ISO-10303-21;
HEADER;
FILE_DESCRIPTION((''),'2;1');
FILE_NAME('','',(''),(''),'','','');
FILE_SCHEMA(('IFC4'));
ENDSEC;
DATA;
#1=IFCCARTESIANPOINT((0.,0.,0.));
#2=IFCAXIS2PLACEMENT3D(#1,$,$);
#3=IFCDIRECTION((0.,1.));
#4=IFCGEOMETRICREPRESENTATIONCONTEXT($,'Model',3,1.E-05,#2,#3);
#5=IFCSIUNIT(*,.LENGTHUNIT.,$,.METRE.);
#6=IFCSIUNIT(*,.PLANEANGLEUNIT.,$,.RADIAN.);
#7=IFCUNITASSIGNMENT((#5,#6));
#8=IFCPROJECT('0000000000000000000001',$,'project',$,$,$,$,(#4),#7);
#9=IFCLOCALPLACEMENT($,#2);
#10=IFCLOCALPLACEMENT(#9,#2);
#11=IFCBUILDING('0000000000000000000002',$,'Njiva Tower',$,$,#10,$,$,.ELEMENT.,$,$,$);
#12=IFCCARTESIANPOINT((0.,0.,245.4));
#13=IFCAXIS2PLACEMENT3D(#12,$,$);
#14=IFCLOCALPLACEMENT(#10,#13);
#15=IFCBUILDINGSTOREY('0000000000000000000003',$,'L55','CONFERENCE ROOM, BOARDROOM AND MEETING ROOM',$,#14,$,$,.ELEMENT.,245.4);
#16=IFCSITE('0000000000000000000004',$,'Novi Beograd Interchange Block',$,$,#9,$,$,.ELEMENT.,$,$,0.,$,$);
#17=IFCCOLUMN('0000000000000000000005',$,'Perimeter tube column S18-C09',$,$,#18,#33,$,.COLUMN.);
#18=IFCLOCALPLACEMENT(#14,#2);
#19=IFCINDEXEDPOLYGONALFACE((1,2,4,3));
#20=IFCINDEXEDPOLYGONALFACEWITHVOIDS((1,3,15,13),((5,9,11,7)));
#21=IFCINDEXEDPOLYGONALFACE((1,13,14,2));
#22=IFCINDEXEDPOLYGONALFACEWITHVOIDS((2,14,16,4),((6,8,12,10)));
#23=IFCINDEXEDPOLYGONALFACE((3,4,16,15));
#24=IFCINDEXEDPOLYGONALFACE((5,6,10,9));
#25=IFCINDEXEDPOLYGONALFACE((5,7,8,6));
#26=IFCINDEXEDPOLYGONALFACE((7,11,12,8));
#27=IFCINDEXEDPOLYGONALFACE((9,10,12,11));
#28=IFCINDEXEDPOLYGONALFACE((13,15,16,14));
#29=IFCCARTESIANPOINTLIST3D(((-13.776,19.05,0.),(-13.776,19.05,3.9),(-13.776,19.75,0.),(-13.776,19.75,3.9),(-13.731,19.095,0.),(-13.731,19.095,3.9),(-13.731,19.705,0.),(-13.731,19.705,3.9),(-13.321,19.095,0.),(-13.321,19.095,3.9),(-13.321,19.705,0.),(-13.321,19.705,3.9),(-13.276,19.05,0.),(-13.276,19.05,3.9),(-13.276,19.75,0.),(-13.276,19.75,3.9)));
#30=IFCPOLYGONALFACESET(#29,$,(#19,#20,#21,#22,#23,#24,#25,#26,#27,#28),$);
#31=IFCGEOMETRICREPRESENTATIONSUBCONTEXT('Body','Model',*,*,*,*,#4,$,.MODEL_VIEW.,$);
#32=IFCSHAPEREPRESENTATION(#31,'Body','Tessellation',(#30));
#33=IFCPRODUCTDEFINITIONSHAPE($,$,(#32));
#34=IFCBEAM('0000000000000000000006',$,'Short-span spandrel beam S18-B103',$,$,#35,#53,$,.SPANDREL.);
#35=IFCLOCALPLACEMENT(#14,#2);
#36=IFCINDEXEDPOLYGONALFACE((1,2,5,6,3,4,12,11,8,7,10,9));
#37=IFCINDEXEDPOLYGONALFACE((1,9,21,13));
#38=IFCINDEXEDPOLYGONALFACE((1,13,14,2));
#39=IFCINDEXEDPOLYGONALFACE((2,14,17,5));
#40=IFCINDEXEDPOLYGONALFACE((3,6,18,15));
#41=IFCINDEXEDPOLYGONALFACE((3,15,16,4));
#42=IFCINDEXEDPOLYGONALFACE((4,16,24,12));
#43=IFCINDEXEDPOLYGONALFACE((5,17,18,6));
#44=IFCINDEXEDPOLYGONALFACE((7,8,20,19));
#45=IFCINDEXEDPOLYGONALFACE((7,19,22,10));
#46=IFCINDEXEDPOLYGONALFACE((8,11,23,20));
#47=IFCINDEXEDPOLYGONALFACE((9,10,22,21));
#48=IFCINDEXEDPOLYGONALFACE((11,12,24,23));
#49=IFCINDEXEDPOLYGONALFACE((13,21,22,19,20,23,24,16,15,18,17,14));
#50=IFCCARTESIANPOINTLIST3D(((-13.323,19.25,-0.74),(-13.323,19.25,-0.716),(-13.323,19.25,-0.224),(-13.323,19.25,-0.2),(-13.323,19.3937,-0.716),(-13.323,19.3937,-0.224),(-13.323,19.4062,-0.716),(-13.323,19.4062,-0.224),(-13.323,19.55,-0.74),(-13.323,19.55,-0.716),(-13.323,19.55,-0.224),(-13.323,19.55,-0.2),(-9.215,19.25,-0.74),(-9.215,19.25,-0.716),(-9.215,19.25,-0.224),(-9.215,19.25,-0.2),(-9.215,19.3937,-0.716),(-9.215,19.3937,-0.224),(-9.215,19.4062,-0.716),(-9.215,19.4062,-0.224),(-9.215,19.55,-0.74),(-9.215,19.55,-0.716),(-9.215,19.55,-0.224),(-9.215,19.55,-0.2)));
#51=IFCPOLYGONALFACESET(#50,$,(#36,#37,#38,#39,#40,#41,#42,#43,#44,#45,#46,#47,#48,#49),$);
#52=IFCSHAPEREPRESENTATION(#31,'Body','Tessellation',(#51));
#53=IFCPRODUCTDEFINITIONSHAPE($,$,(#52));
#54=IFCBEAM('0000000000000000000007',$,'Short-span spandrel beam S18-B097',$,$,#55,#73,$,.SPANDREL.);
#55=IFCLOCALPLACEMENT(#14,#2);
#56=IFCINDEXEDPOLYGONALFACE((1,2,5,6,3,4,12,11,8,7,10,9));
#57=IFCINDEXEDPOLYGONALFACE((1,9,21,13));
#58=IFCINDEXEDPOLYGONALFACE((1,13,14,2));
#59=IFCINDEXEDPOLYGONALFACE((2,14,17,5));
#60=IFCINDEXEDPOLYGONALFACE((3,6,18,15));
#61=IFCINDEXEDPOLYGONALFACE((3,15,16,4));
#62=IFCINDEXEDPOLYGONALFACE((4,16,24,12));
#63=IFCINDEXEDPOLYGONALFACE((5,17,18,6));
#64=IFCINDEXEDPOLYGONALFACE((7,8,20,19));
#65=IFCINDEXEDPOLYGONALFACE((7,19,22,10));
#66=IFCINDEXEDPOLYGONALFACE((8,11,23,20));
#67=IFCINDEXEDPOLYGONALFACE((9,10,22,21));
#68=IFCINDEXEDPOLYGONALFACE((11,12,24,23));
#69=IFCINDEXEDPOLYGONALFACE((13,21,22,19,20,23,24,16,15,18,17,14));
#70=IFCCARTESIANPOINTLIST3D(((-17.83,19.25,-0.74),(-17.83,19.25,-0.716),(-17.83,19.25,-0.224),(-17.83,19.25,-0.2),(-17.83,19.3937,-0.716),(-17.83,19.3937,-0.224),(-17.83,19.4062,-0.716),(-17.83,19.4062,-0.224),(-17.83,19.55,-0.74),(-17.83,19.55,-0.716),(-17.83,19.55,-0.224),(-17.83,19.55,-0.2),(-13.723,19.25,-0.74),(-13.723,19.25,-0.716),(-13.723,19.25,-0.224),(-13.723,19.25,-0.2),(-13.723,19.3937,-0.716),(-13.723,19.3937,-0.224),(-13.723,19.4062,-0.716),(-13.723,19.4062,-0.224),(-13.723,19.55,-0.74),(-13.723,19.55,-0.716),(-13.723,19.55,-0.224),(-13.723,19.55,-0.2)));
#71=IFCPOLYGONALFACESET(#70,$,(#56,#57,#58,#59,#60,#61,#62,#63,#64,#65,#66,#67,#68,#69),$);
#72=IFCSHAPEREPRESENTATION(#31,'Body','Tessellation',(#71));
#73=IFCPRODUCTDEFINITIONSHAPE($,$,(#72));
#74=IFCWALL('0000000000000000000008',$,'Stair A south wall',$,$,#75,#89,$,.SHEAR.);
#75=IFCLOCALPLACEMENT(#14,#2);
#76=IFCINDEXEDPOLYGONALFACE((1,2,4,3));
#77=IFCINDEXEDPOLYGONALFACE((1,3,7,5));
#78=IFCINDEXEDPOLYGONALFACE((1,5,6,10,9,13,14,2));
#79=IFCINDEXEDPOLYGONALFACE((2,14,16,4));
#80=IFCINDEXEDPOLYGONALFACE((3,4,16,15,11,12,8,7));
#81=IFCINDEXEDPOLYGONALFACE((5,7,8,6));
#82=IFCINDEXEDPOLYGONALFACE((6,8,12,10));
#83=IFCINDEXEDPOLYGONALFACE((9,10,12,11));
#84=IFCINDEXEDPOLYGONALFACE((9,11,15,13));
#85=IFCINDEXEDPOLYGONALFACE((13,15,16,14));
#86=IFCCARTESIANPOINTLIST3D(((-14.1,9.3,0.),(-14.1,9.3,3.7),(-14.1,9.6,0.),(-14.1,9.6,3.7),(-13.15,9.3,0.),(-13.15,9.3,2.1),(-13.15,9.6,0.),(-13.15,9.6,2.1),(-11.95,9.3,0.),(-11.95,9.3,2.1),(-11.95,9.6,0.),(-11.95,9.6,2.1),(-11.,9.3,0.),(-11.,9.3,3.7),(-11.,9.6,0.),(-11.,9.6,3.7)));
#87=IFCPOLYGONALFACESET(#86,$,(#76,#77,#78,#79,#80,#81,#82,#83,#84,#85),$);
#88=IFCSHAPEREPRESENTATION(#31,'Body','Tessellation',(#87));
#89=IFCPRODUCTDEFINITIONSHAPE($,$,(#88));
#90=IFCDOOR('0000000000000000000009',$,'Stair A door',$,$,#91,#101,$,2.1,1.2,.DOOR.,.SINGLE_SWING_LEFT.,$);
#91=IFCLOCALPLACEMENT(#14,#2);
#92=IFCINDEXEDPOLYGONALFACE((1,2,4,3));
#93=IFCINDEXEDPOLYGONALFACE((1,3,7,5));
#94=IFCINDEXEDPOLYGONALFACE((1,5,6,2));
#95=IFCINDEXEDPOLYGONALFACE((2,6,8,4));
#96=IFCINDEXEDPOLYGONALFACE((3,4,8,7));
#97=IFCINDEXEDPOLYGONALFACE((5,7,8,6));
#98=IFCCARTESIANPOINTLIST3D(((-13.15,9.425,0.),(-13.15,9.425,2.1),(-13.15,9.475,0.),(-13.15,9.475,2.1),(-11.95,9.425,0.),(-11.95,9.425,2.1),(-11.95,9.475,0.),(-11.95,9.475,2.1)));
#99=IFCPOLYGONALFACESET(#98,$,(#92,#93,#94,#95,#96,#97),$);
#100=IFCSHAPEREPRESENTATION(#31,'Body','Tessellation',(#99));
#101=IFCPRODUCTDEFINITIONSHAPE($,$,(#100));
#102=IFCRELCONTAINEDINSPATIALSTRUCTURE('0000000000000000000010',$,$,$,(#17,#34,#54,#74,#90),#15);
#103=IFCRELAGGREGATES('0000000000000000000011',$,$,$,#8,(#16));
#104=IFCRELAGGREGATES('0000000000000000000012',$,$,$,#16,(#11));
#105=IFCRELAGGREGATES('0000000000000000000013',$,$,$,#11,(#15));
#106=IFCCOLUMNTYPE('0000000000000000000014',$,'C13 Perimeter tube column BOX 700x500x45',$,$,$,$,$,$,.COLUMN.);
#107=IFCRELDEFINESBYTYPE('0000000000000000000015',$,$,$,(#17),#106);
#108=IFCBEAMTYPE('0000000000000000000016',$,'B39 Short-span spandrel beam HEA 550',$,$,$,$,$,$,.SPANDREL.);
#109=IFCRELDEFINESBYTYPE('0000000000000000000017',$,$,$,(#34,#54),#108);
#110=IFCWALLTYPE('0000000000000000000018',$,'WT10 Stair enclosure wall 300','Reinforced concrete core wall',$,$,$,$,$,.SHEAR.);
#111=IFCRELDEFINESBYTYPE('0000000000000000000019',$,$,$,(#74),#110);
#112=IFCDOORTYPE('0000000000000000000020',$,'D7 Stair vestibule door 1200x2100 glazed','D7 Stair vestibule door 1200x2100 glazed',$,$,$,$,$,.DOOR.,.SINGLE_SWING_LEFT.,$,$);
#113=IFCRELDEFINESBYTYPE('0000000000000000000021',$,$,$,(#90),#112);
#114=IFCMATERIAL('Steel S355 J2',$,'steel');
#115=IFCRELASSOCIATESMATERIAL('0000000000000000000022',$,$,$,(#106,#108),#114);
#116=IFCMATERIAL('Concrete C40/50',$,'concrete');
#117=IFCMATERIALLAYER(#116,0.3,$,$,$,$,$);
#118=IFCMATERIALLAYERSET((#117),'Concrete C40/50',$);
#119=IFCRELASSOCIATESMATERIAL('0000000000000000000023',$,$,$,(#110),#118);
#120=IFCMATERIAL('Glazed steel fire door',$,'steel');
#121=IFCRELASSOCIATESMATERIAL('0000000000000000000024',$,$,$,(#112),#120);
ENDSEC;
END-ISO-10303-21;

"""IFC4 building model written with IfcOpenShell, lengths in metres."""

from ifc_helpers import new_model, si_unit, direction, frame, frame_2d, origin, origin_2d, place, context, subcontext, project, spatial, rectangle, hollow_rectangle, i_section, extrude, material, layer, layer_set, material_profile, profile_set, type_object, element, fill, save


model = new_model("IFC4")

# Units and contexts
model_context = context("Model", 3, precision=1e-05, world=origin(), true_north=direction((0.0, 1.0)))
body_context = subcontext(model_context, "Body", "Model", "MODEL_VIEW")
ifc_project = project(units=[si_unit("LENGTHUNIT", "METRE"), si_unit("PLANEANGLEUNIT", "RADIAN")], contexts=[model_context])

# Site, building, storey
site_placement = place(None, origin())
site = spatial("IfcSite", under=ifc_project, at=site_placement, Name="Novi Beograd Interchange Block", CompositionType="ELEMENT", RefElevation=0.0)
building_placement = place(site_placement, origin())
building = spatial("IfcBuilding", under=site, at=building_placement, Name="Njiva Tower", CompositionType="ELEMENT")
storey_placement = place(building_placement, frame((0.0, 0.0, 245.4)))
storey = spatial("IfcBuildingStorey", under=building, at=storey_placement, Name="L55", Description="CONFERENCE ROOM, BOARDROOM AND MEETING ROOM", CompositionType="ELEMENT", Elevation=245.4)

# Column
ifc_material_1 = material(Name="Steel S355 J2", Category="steel")
ifc_material_profile_1 = material_profile(ifc_material_1, hollow_rectangle(XDim=0.5, YDim=0.7, WallThickness=0.045, at=origin_2d()), Name="BOX 700x500x45")
ifc_profile_set_1 = profile_set([ifc_material_profile_1], Name="Steel S355 J2")
column_type = type_object("IfcColumnType", Name="C13 Perimeter tube column BOX 700x500x45", PredefinedType="COLUMN", material=ifc_profile_set_1)
column_placement = place(storey_placement, frame((-13.526, 19.4, 0.0), z_axis=(0.0, 0.0, 1.0), x_axis=(-1.0, 0.0, 0.0)))
element("IfcColumn", 1, at=column_placement, inside=storey, type_object=column_type, Name="Perimeter tube column S18-C09", PredefinedType="COLUMN", context=body_context, shape_type="SweptSolid", body=[
    extrude(hollow_rectangle(XDim=0.5, YDim=0.7, WallThickness=0.045, at=origin_2d()), origin(), (0.0, 0.0, 1.0), 3.9),
])

# Beams
ifc_material_profile_2 = material_profile(ifc_material_1, i_section(OverallWidth=0.3, OverallDepth=0.54, WebThickness=0.0125, FlangeThickness=0.024, at=origin_2d()), Name="HEA 550")
ifc_profile_set_2 = profile_set([ifc_material_profile_2], Name="Steel S355 J2")
beam_type = type_object("IfcBeamType", Name="B39 Short-span spandrel beam HEA 550", PredefinedType="SPANDREL", material=ifc_profile_set_2)
beam_1_placement = place(storey_placement, frame((-9.215, 19.4, -0.47), z_axis=(-1.0, 0.0, 0.0), x_axis=(0.0, -1.0, 0.0)))
element("IfcBeam", 2, at=beam_1_placement, inside=storey, type_object=beam_type, Name="Short-span spandrel beam S18-B103", PredefinedType="SPANDREL", context=body_context, shape_type="SweptSolid", body=[
    extrude(i_section(OverallWidth=0.3, OverallDepth=0.54, WebThickness=0.0125, FlangeThickness=0.024, at=origin_2d()), origin(), (0.0, 0.0, 1.0), 4.108),
])
beam_2_placement = place(storey_placement, frame((-13.723, 19.4, -0.47), z_axis=(-1.0, 0.0, 0.0), x_axis=(0.0, -1.0, 0.0)))
element("IfcBeam", 3, at=beam_2_placement, inside=storey, type_object=beam_type, Name="Short-span spandrel beam S18-B097", PredefinedType="SPANDREL", context=body_context, shape_type="SweptSolid", body=[
    extrude(i_section(OverallWidth=0.3, OverallDepth=0.54, WebThickness=0.0125, FlangeThickness=0.024, at=origin_2d()), origin(), (0.0, 0.0, 1.0), 4.107),
])

# Wall, opening, door
ifc_material_2 = material(Name="Concrete C40/50", Category="concrete")
ifc_layer_1 = layer(ifc_material_2, 0.3)
ifc_layer_set_1 = layer_set([ifc_layer_1], Name="Concrete C40/50")
wall_type_1 = type_object("IfcWallType", Name="WT10 Stair enclosure wall 300", Description="Reinforced concrete core wall", PredefinedType="SHEAR", material=ifc_layer_set_1)
wall_1_placement = place(storey_placement, frame((-14.1, 9.45, 0.0), z_axis=(0.0, 0.0, 1.0), x_axis=(1.0, 0.0, 0.0)))
wall_1 = element("IfcWall", 4, at=wall_1_placement, inside=storey, type_object=wall_type_1, Name="Stair A south wall", PredefinedType="SHEAR", context=body_context, shape_type="SweptSolid", body=[
    extrude(rectangle(XDim=3.1, YDim=0.3, at=frame_2d((1.55, 0.0))), origin(), (0.0, 0.0, 1.0), 3.7),
])
opening_1_placement = place(wall_1_placement, frame((0.95, 0.0, 0.0)))
opening_1 = element("IfcOpeningElement", 5, at=opening_1_placement, cuts=wall_1, PredefinedType="OPENING", context=body_context, shape_type="SweptSolid", body=[
    extrude(rectangle(XDim=1.2, YDim=2.1, at=frame_2d((0.6, 1.05))), frame((0.0, 0.16, 0.0), z_axis=(0.0, -1.0, 0.0), x_axis=(1.0, 0.0, 0.0)), (0.0, 0.0, 1.0), 0.32),
])
ifc_material_3 = material(Name="Glazed steel fire door", Category="steel")
door_type_1 = type_object("IfcDoorType", Name="D7 Stair vestibule door 1200x2100 glazed", Description="D7 Stair vestibule door 1200x2100 glazed", OperationType="SINGLE_SWING_LEFT", PredefinedType="DOOR", material=ifc_material_3)
door_1_placement = place(opening_1_placement, origin())
door_1 = element("IfcDoor", 6, at=door_1_placement, inside=storey, type_object=door_type_1, Name="Stair A door", OperationType="SINGLE_SWING_LEFT", OverallHeight=2.1, OverallWidth=1.2, PredefinedType="DOOR", context=body_context, shape_type="SweptSolid", body=[
    extrude(rectangle(XDim=1.2, YDim=2.1, at=frame_2d((0.6, 1.05))), frame((0.0, 0.025, 0.0), z_axis=(0.0, -1.0, 0.0), x_axis=(1.0, 0.0, 0.0)), (0.0, 0.0, 1.0), 0.05),
])
fill(opening_1, door_1)

save(model, "model.ifc")
